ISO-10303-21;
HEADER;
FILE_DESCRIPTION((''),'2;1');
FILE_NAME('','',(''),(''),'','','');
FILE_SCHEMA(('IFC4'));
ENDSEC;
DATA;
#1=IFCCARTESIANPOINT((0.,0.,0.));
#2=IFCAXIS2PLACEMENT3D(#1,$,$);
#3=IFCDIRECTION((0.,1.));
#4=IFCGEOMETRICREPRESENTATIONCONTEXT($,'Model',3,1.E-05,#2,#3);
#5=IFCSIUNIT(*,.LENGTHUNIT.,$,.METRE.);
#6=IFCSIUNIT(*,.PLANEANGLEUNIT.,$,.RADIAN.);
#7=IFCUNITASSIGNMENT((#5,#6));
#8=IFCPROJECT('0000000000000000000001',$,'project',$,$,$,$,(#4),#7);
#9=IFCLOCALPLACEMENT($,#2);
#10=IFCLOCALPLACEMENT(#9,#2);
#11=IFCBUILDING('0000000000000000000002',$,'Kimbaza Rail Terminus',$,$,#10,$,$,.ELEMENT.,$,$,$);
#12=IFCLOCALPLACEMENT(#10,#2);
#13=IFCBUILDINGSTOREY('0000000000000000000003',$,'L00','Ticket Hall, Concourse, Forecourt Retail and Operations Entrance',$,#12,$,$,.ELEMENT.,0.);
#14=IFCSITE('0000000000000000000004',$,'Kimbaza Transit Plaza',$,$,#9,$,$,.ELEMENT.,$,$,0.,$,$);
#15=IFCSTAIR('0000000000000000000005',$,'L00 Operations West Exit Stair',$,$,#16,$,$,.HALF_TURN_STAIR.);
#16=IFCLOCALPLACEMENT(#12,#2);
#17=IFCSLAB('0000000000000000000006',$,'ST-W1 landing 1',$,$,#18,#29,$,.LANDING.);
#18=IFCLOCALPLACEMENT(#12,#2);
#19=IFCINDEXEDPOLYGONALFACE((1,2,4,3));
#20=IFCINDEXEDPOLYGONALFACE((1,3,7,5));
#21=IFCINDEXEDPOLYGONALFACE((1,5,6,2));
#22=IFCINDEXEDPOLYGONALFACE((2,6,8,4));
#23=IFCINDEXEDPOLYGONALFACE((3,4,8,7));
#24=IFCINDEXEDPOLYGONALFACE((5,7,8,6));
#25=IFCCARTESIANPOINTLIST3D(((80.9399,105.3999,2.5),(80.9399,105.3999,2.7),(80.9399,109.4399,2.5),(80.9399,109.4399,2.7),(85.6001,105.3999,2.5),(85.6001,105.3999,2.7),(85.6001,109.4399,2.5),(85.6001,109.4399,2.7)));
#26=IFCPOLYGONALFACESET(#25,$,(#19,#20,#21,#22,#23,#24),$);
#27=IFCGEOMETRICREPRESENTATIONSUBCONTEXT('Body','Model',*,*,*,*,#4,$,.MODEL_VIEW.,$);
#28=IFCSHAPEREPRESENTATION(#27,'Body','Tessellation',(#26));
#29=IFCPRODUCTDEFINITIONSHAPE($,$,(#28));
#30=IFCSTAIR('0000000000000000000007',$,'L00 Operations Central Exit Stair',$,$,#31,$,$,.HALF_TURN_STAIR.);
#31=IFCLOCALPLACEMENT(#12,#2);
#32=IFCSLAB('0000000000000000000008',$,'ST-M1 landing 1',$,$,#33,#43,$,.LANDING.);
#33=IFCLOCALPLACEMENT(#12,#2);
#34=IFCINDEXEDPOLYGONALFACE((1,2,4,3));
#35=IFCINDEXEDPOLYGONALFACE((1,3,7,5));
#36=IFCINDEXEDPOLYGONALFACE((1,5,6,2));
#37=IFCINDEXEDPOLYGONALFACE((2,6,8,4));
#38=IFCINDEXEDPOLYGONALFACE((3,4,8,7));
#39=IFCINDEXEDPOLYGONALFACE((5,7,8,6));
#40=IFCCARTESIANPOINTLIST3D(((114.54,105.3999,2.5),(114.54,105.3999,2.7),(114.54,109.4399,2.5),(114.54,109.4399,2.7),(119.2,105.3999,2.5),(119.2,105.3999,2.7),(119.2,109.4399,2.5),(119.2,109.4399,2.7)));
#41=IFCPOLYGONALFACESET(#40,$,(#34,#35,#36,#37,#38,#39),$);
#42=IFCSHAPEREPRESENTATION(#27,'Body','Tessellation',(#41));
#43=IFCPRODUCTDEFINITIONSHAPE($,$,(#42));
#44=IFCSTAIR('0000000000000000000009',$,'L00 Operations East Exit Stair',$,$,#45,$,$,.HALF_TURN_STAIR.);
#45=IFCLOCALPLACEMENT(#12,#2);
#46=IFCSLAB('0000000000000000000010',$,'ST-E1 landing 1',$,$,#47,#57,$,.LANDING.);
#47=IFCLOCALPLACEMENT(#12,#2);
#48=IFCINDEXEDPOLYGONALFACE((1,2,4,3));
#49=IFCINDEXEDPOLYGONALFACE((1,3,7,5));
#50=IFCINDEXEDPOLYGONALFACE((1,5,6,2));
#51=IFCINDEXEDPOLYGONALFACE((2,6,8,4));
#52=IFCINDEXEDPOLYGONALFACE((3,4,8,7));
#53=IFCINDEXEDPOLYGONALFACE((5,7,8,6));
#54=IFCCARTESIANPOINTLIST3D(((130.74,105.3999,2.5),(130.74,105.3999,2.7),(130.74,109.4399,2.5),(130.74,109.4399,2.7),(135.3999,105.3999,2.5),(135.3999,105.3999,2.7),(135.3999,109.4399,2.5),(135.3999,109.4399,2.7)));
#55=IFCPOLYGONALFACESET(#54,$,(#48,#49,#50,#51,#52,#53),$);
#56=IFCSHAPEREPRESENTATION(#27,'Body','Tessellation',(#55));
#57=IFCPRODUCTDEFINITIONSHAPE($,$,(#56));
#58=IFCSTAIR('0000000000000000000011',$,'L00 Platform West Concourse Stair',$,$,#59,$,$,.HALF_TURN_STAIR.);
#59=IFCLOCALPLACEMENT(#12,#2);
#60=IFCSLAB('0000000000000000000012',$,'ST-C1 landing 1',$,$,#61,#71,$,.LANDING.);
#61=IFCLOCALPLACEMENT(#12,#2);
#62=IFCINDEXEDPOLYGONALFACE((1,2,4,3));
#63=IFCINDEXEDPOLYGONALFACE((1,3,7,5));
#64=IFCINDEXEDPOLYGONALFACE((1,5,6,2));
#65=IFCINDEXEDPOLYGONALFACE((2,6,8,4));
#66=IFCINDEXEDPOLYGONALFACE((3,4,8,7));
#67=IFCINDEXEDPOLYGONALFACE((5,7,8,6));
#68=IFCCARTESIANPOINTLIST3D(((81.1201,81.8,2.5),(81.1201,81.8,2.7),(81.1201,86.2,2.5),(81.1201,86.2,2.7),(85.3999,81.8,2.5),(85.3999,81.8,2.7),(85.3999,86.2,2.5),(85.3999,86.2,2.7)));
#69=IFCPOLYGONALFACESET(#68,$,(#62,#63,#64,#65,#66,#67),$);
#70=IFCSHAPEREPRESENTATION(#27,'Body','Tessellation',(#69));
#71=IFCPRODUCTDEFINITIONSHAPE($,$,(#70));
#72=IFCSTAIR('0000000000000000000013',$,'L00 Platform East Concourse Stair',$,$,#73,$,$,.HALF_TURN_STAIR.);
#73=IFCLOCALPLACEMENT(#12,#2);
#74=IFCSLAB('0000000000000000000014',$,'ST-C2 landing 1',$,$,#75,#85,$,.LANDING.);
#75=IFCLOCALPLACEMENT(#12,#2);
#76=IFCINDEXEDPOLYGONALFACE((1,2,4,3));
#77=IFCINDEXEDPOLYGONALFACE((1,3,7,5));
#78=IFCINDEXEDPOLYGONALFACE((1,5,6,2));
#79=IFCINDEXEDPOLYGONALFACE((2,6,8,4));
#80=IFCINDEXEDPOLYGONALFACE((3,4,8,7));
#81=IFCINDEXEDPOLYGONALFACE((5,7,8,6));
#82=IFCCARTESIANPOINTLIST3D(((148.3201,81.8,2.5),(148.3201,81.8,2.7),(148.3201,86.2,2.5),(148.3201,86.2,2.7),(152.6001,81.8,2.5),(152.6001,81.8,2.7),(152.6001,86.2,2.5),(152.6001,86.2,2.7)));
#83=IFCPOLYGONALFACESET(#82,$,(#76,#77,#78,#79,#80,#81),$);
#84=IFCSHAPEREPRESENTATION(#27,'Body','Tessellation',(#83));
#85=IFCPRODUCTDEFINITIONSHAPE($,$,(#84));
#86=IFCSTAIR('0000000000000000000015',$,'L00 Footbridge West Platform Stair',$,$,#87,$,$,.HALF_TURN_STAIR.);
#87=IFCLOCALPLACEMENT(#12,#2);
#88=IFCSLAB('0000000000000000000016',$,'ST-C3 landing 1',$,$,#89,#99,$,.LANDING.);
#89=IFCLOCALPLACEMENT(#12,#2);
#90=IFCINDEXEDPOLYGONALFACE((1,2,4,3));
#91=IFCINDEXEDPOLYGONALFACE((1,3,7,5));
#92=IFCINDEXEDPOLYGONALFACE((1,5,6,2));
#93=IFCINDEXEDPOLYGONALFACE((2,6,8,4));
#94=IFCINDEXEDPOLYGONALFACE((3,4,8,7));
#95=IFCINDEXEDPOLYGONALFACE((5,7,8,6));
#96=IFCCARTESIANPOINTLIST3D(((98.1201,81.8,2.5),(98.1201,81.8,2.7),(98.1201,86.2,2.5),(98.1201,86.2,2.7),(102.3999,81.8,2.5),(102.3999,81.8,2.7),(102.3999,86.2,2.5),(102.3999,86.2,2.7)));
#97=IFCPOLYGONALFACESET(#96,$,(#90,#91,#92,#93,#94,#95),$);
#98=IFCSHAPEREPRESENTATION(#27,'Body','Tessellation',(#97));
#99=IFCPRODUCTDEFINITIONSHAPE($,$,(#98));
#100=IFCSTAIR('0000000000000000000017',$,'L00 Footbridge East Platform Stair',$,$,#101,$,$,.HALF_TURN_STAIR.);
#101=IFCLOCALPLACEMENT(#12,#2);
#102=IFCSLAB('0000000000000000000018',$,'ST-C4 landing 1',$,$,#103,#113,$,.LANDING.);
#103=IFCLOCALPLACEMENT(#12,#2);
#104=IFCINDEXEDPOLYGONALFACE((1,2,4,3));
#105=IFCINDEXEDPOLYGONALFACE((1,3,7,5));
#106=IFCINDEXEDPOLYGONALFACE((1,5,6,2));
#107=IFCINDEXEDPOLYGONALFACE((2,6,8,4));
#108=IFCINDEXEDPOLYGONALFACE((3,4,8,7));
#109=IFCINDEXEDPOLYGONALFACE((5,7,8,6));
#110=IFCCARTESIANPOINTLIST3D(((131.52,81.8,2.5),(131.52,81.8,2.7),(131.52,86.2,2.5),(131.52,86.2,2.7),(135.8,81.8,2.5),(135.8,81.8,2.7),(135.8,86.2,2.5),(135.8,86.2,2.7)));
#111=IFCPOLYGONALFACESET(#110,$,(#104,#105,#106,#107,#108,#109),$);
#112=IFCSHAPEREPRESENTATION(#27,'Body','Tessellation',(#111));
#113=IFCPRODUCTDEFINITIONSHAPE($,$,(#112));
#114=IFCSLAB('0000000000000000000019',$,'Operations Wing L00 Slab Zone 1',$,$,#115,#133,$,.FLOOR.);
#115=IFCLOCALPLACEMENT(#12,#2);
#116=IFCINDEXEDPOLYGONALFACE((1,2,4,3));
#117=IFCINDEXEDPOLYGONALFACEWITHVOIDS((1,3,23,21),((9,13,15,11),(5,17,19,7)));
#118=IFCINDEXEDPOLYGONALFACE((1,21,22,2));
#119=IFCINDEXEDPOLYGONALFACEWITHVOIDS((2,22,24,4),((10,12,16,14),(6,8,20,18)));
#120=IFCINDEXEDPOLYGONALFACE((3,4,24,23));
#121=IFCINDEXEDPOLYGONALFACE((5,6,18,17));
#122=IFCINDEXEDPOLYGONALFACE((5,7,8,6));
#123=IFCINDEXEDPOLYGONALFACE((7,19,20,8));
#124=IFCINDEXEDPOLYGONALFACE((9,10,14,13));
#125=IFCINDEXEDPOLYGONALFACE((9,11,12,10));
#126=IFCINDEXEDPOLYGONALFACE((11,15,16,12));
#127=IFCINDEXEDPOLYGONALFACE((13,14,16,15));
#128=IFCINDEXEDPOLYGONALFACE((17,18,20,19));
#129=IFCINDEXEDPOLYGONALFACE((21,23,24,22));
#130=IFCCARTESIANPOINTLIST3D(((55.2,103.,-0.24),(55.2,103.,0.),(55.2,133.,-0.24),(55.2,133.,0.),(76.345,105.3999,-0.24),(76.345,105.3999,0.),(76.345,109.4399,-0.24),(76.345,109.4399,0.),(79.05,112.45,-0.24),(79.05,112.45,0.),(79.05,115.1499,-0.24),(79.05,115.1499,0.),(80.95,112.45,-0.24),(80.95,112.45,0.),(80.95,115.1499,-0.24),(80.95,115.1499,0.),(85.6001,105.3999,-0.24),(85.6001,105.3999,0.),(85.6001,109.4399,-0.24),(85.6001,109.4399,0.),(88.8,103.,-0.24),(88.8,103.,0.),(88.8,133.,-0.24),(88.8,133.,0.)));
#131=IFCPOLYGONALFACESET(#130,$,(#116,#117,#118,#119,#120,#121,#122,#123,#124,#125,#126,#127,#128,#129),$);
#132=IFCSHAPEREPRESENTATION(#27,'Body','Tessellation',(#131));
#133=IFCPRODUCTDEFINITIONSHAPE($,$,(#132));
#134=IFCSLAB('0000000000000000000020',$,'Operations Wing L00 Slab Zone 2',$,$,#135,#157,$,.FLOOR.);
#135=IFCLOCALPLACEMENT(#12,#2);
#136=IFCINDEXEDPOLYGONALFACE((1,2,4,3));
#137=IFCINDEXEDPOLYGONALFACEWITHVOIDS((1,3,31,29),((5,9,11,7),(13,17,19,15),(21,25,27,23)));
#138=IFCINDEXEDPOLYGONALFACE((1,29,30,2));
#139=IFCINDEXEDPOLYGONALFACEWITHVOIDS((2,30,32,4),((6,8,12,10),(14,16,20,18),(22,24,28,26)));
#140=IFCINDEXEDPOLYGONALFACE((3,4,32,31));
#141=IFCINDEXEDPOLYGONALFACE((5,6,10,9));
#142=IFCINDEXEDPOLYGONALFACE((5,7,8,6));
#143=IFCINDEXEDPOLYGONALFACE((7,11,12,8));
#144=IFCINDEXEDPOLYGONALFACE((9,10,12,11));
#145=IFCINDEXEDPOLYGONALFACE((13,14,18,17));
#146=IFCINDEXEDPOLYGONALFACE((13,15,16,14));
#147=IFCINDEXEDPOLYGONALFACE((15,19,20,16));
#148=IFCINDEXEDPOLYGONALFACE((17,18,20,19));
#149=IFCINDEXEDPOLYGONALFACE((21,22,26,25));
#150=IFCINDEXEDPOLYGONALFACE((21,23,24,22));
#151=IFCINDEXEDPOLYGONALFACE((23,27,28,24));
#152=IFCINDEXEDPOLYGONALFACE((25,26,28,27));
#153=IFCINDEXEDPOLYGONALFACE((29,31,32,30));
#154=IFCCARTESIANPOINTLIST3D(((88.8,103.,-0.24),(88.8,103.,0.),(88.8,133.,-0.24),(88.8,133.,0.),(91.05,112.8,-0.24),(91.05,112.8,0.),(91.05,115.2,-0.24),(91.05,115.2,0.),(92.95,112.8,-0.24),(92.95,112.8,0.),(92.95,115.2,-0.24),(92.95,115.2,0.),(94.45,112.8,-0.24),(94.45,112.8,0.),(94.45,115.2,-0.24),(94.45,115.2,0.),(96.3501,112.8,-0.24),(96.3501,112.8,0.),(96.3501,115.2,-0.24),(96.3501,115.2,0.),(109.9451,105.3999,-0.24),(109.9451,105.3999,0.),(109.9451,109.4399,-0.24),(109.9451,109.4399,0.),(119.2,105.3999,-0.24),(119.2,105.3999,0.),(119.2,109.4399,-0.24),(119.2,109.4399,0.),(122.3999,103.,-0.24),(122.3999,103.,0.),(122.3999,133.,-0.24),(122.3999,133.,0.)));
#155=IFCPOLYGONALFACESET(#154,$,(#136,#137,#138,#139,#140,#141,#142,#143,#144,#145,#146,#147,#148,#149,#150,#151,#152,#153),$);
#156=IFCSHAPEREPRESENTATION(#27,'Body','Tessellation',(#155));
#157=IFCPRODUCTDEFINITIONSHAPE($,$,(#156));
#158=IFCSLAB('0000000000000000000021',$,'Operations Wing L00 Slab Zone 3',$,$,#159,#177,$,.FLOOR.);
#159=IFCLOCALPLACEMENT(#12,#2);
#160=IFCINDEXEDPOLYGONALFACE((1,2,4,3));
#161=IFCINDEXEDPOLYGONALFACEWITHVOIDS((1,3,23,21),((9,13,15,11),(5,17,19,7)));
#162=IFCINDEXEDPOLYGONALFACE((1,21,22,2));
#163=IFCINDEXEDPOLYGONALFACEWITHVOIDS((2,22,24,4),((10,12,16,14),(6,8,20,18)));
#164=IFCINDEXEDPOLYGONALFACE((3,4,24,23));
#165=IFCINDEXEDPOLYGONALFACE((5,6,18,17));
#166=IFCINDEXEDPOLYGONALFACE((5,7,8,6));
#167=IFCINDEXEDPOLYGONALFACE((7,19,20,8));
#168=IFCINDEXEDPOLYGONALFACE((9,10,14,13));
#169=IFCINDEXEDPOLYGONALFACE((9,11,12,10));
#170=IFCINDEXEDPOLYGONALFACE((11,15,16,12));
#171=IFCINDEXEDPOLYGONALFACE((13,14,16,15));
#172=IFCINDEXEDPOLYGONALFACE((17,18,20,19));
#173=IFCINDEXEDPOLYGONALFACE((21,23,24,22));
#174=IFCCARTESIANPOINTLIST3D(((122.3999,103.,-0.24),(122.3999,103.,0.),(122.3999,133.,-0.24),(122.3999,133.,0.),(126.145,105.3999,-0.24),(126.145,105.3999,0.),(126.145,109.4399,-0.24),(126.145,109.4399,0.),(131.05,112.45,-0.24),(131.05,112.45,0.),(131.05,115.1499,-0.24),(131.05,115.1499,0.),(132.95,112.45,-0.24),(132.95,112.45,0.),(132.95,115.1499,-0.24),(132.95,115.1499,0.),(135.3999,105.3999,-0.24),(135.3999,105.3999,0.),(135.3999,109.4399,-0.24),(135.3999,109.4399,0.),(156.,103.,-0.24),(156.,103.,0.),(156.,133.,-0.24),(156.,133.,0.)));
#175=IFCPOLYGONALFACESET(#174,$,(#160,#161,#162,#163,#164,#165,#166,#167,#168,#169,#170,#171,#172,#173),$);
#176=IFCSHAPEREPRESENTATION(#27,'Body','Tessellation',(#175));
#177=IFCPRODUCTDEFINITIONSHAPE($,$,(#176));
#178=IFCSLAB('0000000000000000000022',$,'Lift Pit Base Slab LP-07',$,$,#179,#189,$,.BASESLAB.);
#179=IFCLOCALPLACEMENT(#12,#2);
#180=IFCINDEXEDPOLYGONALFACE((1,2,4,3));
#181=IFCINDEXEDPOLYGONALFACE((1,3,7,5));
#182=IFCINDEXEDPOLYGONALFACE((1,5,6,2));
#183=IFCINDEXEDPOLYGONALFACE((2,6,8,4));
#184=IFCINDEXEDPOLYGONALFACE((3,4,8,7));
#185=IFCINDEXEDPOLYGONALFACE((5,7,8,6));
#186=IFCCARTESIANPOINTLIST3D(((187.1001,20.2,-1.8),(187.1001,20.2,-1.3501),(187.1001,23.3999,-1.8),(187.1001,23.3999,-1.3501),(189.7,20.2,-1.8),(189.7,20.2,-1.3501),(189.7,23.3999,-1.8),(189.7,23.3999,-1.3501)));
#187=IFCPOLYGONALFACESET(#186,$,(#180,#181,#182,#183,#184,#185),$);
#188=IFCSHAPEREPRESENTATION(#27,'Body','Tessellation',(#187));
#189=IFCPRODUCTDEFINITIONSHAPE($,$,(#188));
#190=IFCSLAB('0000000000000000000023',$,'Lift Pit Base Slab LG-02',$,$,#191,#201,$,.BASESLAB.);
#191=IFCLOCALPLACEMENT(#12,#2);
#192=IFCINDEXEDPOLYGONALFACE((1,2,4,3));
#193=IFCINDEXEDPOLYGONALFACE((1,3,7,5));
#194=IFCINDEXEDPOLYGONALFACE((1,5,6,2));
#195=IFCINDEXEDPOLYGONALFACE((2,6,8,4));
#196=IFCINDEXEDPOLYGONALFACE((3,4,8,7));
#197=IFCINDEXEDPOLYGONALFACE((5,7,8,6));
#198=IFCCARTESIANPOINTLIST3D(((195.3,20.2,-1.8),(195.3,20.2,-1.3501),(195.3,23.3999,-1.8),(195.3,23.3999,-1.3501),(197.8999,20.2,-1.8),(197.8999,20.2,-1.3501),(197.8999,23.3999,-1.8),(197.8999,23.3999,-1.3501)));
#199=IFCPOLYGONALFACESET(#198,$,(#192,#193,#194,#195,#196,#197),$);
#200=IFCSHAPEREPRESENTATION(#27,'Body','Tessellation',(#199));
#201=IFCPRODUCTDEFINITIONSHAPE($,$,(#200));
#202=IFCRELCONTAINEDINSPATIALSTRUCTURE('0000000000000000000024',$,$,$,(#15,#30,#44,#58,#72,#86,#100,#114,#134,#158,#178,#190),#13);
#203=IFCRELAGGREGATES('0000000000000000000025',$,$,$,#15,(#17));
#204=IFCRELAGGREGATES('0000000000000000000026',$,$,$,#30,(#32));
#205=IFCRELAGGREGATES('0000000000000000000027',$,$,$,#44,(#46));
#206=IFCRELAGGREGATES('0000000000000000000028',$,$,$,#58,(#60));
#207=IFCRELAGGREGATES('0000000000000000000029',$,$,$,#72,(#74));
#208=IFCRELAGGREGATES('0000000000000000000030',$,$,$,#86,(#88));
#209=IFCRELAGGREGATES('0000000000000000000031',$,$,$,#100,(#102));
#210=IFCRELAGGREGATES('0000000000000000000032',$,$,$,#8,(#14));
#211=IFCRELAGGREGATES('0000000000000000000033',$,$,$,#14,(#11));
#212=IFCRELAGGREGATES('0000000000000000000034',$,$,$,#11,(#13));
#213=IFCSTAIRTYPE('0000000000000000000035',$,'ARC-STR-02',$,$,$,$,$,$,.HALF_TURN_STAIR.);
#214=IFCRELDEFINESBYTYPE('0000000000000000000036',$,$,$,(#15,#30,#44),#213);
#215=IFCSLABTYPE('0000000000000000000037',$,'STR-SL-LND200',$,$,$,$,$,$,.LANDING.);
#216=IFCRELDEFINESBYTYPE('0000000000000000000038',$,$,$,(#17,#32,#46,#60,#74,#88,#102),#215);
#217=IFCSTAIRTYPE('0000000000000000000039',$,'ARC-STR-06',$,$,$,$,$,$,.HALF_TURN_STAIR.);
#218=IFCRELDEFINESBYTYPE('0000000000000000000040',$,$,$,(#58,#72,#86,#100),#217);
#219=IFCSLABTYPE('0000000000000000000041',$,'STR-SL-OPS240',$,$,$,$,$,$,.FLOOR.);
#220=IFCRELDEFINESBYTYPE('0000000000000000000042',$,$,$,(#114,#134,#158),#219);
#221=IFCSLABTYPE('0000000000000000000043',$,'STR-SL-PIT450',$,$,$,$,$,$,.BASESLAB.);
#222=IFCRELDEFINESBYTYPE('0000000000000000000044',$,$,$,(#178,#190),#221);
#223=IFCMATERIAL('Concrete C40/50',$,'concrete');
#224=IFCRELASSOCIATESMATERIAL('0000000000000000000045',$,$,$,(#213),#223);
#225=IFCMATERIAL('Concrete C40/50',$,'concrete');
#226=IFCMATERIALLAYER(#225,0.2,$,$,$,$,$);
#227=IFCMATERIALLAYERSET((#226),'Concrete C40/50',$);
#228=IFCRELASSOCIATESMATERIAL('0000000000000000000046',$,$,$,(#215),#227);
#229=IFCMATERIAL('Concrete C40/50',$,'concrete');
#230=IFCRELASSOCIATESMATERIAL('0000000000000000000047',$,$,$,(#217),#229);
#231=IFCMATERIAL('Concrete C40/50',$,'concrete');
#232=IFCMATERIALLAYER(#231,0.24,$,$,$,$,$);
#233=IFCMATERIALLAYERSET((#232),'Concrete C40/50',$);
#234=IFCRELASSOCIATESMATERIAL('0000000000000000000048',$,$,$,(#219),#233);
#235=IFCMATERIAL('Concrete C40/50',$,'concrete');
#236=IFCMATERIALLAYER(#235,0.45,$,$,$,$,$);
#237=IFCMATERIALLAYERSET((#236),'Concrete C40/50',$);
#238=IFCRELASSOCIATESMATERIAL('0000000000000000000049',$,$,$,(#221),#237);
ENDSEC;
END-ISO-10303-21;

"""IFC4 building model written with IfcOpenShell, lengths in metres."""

from ifc_helpers import new_model, si_unit, direction, frame, origin, place, context, subcontext, project, spatial, polyline, outline, extrude, material, layer, layer_set, type_object, element, aggregate, save


model = new_model("IFC4")

# Units and contexts
model_context = context("Model", 3, precision=1e-05, world=origin(), true_north=direction((0.0, 1.0)))
body_context = subcontext(model_context, "Body", "Model", "MODEL_VIEW")
ifc_project = project(units=[si_unit("LENGTHUNIT", "METRE"), si_unit("PLANEANGLEUNIT", "RADIAN")], contexts=[model_context])

# Site, building, storey
site_placement = place(None, origin())
site = spatial("IfcSite", under=ifc_project, at=site_placement, Name="Kimbaza Transit Plaza", CompositionType="ELEMENT", RefElevation=0.0)
building_placement = place(site_placement, origin())
building = spatial("IfcBuilding", under=site, at=building_placement, Name="Kimbaza Rail Terminus", CompositionType="ELEMENT")
storey_placement = place(building_placement, origin())
storey = spatial("IfcBuildingStorey", under=building, at=storey_placement, Name="L00", Description="Ticket Hall, Concourse, Forecourt Retail and Operations Entrance", CompositionType="ELEMENT", Elevation=0.0)

# Stairs, slabs
ifc_material_1 = material(Name="Concrete C40/50", Category="concrete")
stair_type_1 = type_object("IfcStairType", Name="ARC-STR-02", PredefinedType="HALF_TURN_STAIR", material=ifc_material_1)
stair_1_placement = place(storey_placement, origin())
stair_1 = element("IfcStair", 1, at=stair_1_placement, inside=storey, type_object=stair_type_1, Name="L00 Operations West Exit Stair", PredefinedType="HALF_TURN_STAIR")
ifc_material_2 = material(Name="Concrete C40/50", Category="concrete")
ifc_layer_1 = layer(ifc_material_2, 0.2)
ifc_layer_set_1 = layer_set([ifc_layer_1], Name="Concrete C40/50")
slab_type_1 = type_object("IfcSlabType", Name="STR-SL-LND200", PredefinedType="LANDING", material=ifc_layer_set_1)
slab_1_placement = place(storey_placement, frame((0.0, 0.0, 2.5)))
slab_1 = element("IfcSlab", 2, at=slab_1_placement, type_object=slab_type_1, Name="ST-W1 landing 1", PredefinedType="LANDING", context=body_context, shape_type="SweptSolid", body=[
    extrude(outline(polyline([(80.9399, 105.3999), (85.6001, 105.3999), (85.6001, 109.4399), (80.9399, 109.4399), (80.9399, 105.3999)])), origin(), (0.0, 0.0, 1.0), 0.2),
])
aggregate(stair_1, [slab_1])
stair_2_placement = place(storey_placement, origin())
stair_2 = element("IfcStair", 3, at=stair_2_placement, inside=storey, type_object=stair_type_1, Name="L00 Operations Central Exit Stair", PredefinedType="HALF_TURN_STAIR")
slab_2_placement = place(storey_placement, frame((0.0, 0.0, 2.5)))
slab_2 = element("IfcSlab", 4, at=slab_2_placement, type_object=slab_type_1, Name="ST-M1 landing 1", PredefinedType="LANDING", context=body_context, shape_type="SweptSolid", body=[
    extrude(outline(polyline([(114.54, 105.3999), (119.2, 105.3999), (119.2, 109.4399), (114.54, 109.4399), (114.54, 105.3999)])), origin(), (0.0, 0.0, 1.0), 0.2),
])
aggregate(stair_2, [slab_2])
stair_3_placement = place(storey_placement, origin())
stair_3 = element("IfcStair", 5, at=stair_3_placement, inside=storey, type_object=stair_type_1, Name="L00 Operations East Exit Stair", PredefinedType="HALF_TURN_STAIR")
slab_3_placement = place(storey_placement, frame((0.0, 0.0, 2.5)))
slab_3 = element("IfcSlab", 6, at=slab_3_placement, type_object=slab_type_1, Name="ST-E1 landing 1", PredefinedType="LANDING", context=body_context, shape_type="SweptSolid", body=[
    extrude(outline(polyline([(130.74, 105.3999), (135.3999, 105.3999), (135.3999, 109.4399), (130.74, 109.4399), (130.74, 105.3999)])), origin(), (0.0, 0.0, 1.0), 0.2),
])
aggregate(stair_3, [slab_3])
ifc_material_3 = material(Name="Concrete C40/50", Category="concrete")
stair_type_2 = type_object("IfcStairType", Name="ARC-STR-06", PredefinedType="HALF_TURN_STAIR", material=ifc_material_3)
stair_4_placement = place(storey_placement, origin())
stair_4 = element("IfcStair", 7, at=stair_4_placement, inside=storey, type_object=stair_type_2, Name="L00 Platform West Concourse Stair", PredefinedType="HALF_TURN_STAIR")
slab_4_placement = place(storey_placement, frame((0.0, 0.0, 2.5)))
slab_4 = element("IfcSlab", 8, at=slab_4_placement, type_object=slab_type_1, Name="ST-C1 landing 1", PredefinedType="LANDING", context=body_context, shape_type="SweptSolid", body=[
    extrude(outline(polyline([(81.1201, 81.8), (85.3999, 81.8), (85.3999, 86.2), (81.1201, 86.2), (81.1201, 81.8)])), origin(), (0.0, 0.0, 1.0), 0.2),
])
aggregate(stair_4, [slab_4])
stair_5_placement = place(storey_placement, origin())
stair_5 = element("IfcStair", 9, at=stair_5_placement, inside=storey, type_object=stair_type_2, Name="L00 Platform East Concourse Stair", PredefinedType="HALF_TURN_STAIR")
slab_5_placement = place(storey_placement, frame((0.0, 0.0, 2.5)))
slab_5 = element("IfcSlab", 10, at=slab_5_placement, type_object=slab_type_1, Name="ST-C2 landing 1", PredefinedType="LANDING", context=body_context, shape_type="SweptSolid", body=[
    extrude(outline(polyline([(148.3201, 81.8), (152.6001, 81.8), (152.6001, 86.2), (148.3201, 86.2), (148.3201, 81.8)])), origin(), (0.0, 0.0, 1.0), 0.2),
])
aggregate(stair_5, [slab_5])
stair_6_placement = place(storey_placement, origin())
stair_6 = element("IfcStair", 11, at=stair_6_placement, inside=storey, type_object=stair_type_2, Name="L00 Footbridge West Platform Stair", PredefinedType="HALF_TURN_STAIR")
slab_6_placement = place(storey_placement, frame((0.0, 0.0, 2.5)))
slab_6 = element("IfcSlab", 12, at=slab_6_placement, type_object=slab_type_1, Name="ST-C3 landing 1", PredefinedType="LANDING", context=body_context, shape_type="SweptSolid", body=[
    extrude(outline(polyline([(98.1201, 81.8), (102.3999, 81.8), (102.3999, 86.2), (98.1201, 86.2), (98.1201, 81.8)])), origin(), (0.0, 0.0, 1.0), 0.2),
])
aggregate(stair_6, [slab_6])
stair_7_placement = place(storey_placement, origin())
stair_7 = element("IfcStair", 13, at=stair_7_placement, inside=storey, type_object=stair_type_2, Name="L00 Footbridge East Platform Stair", PredefinedType="HALF_TURN_STAIR")
slab_7_placement = place(storey_placement, frame((0.0, 0.0, 2.5)))
slab_7 = element("IfcSlab", 14, at=slab_7_placement, type_object=slab_type_1, Name="ST-C4 landing 1", PredefinedType="LANDING", context=body_context, shape_type="SweptSolid", body=[
    extrude(outline(polyline([(131.52, 81.8), (135.8, 81.8), (135.8, 86.2), (131.52, 86.2), (131.52, 81.8)])), origin(), (0.0, 0.0, 1.0), 0.2),
])
aggregate(stair_7, [slab_7])

# Slabs
ifc_material_4 = material(Name="Concrete C40/50", Category="concrete")
ifc_layer_2 = layer(ifc_material_4, 0.24)
ifc_layer_set_2 = layer_set([ifc_layer_2], Name="Concrete C40/50")
slab_type_2 = type_object("IfcSlabType", Name="STR-SL-OPS240", PredefinedType="FLOOR", material=ifc_layer_set_2)
slab_8_placement = place(storey_placement, frame((0.0, 0.0, -0.24)))
element("IfcSlab", 15, at=slab_8_placement, inside=storey, type_object=slab_type_2, Name="Operations Wing L00 Slab Zone 1", PredefinedType="FLOOR", context=body_context, shape_type="SweptSolid", body=[
    extrude(outline(polyline([(55.2, 103.0), (88.8, 103.0), (88.8, 133.0), (55.2, 133.0), (55.2, 103.0)]), holes=[polyline([(76.345, 105.3999), (85.6001, 105.3999), (85.6001, 109.4399), (76.345, 109.4399), (76.345, 105.3999)]), polyline([(79.05, 112.45), (80.95, 112.45), (80.95, 115.1499), (79.05, 115.1499), (79.05, 112.45)])]), origin(), (0.0, 0.0, 1.0), 0.24),
])
slab_9_placement = place(storey_placement, frame((0.0, 0.0, -0.24)))
element("IfcSlab", 16, at=slab_9_placement, inside=storey, type_object=slab_type_2, Name="Operations Wing L00 Slab Zone 2", PredefinedType="FLOOR", context=body_context, shape_type="SweptSolid", body=[
    extrude(outline(polyline([(88.8, 103.0), (122.3999, 103.0), (122.3999, 133.0), (88.8, 133.0), (88.8, 103.0)]), holes=[polyline([(109.9451, 105.3999), (119.2, 105.3999), (119.2, 109.4399), (109.9451, 109.4399), (109.9451, 105.3999)]), polyline([(91.05, 112.8), (92.95, 112.8), (92.95, 115.2), (91.05, 115.2), (91.05, 112.8)]), polyline([(94.45, 112.8), (96.3501, 112.8), (96.3501, 115.2), (94.45, 115.2), (94.45, 112.8)])]), origin(), (0.0, 0.0, 1.0), 0.24),
])
slab_10_placement = place(storey_placement, frame((0.0, 0.0, -0.24)))
element("IfcSlab", 17, at=slab_10_placement, inside=storey, type_object=slab_type_2, Name="Operations Wing L00 Slab Zone 3", PredefinedType="FLOOR", context=body_context, shape_type="SweptSolid", body=[
    extrude(outline(polyline([(122.3999, 103.0), (156.0, 103.0), (156.0, 133.0), (122.3999, 133.0), (122.3999, 103.0)]), holes=[polyline([(126.145, 105.3999), (135.3999, 105.3999), (135.3999, 109.4399), (126.145, 109.4399), (126.145, 105.3999)]), polyline([(131.05, 112.45), (132.95, 112.45), (132.95, 115.1499), (131.05, 115.1499), (131.05, 112.45)])]), origin(), (0.0, 0.0, 1.0), 0.24),
])
ifc_material_5 = material(Name="Concrete C40/50", Category="concrete")
ifc_layer_3 = layer(ifc_material_5, 0.45)
ifc_layer_set_3 = layer_set([ifc_layer_3], Name="Concrete C40/50")
slab_type_3 = type_object("IfcSlabType", Name="STR-SL-PIT450", PredefinedType="BASESLAB", material=ifc_layer_set_3)
slab_11_placement = place(storey_placement, frame((0.0, 0.0, -1.8)))
element("IfcSlab", 18, at=slab_11_placement, inside=storey, type_object=slab_type_3, Name="Lift Pit Base Slab LP-07", PredefinedType="BASESLAB", context=body_context, shape_type="SweptSolid", body=[
    extrude(outline(polyline([(187.1001, 20.2), (189.7, 20.2), (189.7, 23.3999), (187.1001, 23.3999), (187.1001, 20.2)])), origin(), (0.0, 0.0, 1.0), 0.45),
])
slab_12_placement = place(storey_placement, frame((0.0, 0.0, -1.8)))
element("IfcSlab", 19, at=slab_12_placement, inside=storey, type_object=slab_type_3, Name="Lift Pit Base Slab LG-02", PredefinedType="BASESLAB", context=body_context, shape_type="SweptSolid", body=[
    extrude(outline(polyline([(195.3, 20.2), (197.8999, 20.2), (197.8999, 23.3999), (195.3, 23.3999), (195.3, 20.2)])), origin(), (0.0, 0.0, 1.0), 0.45),
])

save(model, "model.ifc")
